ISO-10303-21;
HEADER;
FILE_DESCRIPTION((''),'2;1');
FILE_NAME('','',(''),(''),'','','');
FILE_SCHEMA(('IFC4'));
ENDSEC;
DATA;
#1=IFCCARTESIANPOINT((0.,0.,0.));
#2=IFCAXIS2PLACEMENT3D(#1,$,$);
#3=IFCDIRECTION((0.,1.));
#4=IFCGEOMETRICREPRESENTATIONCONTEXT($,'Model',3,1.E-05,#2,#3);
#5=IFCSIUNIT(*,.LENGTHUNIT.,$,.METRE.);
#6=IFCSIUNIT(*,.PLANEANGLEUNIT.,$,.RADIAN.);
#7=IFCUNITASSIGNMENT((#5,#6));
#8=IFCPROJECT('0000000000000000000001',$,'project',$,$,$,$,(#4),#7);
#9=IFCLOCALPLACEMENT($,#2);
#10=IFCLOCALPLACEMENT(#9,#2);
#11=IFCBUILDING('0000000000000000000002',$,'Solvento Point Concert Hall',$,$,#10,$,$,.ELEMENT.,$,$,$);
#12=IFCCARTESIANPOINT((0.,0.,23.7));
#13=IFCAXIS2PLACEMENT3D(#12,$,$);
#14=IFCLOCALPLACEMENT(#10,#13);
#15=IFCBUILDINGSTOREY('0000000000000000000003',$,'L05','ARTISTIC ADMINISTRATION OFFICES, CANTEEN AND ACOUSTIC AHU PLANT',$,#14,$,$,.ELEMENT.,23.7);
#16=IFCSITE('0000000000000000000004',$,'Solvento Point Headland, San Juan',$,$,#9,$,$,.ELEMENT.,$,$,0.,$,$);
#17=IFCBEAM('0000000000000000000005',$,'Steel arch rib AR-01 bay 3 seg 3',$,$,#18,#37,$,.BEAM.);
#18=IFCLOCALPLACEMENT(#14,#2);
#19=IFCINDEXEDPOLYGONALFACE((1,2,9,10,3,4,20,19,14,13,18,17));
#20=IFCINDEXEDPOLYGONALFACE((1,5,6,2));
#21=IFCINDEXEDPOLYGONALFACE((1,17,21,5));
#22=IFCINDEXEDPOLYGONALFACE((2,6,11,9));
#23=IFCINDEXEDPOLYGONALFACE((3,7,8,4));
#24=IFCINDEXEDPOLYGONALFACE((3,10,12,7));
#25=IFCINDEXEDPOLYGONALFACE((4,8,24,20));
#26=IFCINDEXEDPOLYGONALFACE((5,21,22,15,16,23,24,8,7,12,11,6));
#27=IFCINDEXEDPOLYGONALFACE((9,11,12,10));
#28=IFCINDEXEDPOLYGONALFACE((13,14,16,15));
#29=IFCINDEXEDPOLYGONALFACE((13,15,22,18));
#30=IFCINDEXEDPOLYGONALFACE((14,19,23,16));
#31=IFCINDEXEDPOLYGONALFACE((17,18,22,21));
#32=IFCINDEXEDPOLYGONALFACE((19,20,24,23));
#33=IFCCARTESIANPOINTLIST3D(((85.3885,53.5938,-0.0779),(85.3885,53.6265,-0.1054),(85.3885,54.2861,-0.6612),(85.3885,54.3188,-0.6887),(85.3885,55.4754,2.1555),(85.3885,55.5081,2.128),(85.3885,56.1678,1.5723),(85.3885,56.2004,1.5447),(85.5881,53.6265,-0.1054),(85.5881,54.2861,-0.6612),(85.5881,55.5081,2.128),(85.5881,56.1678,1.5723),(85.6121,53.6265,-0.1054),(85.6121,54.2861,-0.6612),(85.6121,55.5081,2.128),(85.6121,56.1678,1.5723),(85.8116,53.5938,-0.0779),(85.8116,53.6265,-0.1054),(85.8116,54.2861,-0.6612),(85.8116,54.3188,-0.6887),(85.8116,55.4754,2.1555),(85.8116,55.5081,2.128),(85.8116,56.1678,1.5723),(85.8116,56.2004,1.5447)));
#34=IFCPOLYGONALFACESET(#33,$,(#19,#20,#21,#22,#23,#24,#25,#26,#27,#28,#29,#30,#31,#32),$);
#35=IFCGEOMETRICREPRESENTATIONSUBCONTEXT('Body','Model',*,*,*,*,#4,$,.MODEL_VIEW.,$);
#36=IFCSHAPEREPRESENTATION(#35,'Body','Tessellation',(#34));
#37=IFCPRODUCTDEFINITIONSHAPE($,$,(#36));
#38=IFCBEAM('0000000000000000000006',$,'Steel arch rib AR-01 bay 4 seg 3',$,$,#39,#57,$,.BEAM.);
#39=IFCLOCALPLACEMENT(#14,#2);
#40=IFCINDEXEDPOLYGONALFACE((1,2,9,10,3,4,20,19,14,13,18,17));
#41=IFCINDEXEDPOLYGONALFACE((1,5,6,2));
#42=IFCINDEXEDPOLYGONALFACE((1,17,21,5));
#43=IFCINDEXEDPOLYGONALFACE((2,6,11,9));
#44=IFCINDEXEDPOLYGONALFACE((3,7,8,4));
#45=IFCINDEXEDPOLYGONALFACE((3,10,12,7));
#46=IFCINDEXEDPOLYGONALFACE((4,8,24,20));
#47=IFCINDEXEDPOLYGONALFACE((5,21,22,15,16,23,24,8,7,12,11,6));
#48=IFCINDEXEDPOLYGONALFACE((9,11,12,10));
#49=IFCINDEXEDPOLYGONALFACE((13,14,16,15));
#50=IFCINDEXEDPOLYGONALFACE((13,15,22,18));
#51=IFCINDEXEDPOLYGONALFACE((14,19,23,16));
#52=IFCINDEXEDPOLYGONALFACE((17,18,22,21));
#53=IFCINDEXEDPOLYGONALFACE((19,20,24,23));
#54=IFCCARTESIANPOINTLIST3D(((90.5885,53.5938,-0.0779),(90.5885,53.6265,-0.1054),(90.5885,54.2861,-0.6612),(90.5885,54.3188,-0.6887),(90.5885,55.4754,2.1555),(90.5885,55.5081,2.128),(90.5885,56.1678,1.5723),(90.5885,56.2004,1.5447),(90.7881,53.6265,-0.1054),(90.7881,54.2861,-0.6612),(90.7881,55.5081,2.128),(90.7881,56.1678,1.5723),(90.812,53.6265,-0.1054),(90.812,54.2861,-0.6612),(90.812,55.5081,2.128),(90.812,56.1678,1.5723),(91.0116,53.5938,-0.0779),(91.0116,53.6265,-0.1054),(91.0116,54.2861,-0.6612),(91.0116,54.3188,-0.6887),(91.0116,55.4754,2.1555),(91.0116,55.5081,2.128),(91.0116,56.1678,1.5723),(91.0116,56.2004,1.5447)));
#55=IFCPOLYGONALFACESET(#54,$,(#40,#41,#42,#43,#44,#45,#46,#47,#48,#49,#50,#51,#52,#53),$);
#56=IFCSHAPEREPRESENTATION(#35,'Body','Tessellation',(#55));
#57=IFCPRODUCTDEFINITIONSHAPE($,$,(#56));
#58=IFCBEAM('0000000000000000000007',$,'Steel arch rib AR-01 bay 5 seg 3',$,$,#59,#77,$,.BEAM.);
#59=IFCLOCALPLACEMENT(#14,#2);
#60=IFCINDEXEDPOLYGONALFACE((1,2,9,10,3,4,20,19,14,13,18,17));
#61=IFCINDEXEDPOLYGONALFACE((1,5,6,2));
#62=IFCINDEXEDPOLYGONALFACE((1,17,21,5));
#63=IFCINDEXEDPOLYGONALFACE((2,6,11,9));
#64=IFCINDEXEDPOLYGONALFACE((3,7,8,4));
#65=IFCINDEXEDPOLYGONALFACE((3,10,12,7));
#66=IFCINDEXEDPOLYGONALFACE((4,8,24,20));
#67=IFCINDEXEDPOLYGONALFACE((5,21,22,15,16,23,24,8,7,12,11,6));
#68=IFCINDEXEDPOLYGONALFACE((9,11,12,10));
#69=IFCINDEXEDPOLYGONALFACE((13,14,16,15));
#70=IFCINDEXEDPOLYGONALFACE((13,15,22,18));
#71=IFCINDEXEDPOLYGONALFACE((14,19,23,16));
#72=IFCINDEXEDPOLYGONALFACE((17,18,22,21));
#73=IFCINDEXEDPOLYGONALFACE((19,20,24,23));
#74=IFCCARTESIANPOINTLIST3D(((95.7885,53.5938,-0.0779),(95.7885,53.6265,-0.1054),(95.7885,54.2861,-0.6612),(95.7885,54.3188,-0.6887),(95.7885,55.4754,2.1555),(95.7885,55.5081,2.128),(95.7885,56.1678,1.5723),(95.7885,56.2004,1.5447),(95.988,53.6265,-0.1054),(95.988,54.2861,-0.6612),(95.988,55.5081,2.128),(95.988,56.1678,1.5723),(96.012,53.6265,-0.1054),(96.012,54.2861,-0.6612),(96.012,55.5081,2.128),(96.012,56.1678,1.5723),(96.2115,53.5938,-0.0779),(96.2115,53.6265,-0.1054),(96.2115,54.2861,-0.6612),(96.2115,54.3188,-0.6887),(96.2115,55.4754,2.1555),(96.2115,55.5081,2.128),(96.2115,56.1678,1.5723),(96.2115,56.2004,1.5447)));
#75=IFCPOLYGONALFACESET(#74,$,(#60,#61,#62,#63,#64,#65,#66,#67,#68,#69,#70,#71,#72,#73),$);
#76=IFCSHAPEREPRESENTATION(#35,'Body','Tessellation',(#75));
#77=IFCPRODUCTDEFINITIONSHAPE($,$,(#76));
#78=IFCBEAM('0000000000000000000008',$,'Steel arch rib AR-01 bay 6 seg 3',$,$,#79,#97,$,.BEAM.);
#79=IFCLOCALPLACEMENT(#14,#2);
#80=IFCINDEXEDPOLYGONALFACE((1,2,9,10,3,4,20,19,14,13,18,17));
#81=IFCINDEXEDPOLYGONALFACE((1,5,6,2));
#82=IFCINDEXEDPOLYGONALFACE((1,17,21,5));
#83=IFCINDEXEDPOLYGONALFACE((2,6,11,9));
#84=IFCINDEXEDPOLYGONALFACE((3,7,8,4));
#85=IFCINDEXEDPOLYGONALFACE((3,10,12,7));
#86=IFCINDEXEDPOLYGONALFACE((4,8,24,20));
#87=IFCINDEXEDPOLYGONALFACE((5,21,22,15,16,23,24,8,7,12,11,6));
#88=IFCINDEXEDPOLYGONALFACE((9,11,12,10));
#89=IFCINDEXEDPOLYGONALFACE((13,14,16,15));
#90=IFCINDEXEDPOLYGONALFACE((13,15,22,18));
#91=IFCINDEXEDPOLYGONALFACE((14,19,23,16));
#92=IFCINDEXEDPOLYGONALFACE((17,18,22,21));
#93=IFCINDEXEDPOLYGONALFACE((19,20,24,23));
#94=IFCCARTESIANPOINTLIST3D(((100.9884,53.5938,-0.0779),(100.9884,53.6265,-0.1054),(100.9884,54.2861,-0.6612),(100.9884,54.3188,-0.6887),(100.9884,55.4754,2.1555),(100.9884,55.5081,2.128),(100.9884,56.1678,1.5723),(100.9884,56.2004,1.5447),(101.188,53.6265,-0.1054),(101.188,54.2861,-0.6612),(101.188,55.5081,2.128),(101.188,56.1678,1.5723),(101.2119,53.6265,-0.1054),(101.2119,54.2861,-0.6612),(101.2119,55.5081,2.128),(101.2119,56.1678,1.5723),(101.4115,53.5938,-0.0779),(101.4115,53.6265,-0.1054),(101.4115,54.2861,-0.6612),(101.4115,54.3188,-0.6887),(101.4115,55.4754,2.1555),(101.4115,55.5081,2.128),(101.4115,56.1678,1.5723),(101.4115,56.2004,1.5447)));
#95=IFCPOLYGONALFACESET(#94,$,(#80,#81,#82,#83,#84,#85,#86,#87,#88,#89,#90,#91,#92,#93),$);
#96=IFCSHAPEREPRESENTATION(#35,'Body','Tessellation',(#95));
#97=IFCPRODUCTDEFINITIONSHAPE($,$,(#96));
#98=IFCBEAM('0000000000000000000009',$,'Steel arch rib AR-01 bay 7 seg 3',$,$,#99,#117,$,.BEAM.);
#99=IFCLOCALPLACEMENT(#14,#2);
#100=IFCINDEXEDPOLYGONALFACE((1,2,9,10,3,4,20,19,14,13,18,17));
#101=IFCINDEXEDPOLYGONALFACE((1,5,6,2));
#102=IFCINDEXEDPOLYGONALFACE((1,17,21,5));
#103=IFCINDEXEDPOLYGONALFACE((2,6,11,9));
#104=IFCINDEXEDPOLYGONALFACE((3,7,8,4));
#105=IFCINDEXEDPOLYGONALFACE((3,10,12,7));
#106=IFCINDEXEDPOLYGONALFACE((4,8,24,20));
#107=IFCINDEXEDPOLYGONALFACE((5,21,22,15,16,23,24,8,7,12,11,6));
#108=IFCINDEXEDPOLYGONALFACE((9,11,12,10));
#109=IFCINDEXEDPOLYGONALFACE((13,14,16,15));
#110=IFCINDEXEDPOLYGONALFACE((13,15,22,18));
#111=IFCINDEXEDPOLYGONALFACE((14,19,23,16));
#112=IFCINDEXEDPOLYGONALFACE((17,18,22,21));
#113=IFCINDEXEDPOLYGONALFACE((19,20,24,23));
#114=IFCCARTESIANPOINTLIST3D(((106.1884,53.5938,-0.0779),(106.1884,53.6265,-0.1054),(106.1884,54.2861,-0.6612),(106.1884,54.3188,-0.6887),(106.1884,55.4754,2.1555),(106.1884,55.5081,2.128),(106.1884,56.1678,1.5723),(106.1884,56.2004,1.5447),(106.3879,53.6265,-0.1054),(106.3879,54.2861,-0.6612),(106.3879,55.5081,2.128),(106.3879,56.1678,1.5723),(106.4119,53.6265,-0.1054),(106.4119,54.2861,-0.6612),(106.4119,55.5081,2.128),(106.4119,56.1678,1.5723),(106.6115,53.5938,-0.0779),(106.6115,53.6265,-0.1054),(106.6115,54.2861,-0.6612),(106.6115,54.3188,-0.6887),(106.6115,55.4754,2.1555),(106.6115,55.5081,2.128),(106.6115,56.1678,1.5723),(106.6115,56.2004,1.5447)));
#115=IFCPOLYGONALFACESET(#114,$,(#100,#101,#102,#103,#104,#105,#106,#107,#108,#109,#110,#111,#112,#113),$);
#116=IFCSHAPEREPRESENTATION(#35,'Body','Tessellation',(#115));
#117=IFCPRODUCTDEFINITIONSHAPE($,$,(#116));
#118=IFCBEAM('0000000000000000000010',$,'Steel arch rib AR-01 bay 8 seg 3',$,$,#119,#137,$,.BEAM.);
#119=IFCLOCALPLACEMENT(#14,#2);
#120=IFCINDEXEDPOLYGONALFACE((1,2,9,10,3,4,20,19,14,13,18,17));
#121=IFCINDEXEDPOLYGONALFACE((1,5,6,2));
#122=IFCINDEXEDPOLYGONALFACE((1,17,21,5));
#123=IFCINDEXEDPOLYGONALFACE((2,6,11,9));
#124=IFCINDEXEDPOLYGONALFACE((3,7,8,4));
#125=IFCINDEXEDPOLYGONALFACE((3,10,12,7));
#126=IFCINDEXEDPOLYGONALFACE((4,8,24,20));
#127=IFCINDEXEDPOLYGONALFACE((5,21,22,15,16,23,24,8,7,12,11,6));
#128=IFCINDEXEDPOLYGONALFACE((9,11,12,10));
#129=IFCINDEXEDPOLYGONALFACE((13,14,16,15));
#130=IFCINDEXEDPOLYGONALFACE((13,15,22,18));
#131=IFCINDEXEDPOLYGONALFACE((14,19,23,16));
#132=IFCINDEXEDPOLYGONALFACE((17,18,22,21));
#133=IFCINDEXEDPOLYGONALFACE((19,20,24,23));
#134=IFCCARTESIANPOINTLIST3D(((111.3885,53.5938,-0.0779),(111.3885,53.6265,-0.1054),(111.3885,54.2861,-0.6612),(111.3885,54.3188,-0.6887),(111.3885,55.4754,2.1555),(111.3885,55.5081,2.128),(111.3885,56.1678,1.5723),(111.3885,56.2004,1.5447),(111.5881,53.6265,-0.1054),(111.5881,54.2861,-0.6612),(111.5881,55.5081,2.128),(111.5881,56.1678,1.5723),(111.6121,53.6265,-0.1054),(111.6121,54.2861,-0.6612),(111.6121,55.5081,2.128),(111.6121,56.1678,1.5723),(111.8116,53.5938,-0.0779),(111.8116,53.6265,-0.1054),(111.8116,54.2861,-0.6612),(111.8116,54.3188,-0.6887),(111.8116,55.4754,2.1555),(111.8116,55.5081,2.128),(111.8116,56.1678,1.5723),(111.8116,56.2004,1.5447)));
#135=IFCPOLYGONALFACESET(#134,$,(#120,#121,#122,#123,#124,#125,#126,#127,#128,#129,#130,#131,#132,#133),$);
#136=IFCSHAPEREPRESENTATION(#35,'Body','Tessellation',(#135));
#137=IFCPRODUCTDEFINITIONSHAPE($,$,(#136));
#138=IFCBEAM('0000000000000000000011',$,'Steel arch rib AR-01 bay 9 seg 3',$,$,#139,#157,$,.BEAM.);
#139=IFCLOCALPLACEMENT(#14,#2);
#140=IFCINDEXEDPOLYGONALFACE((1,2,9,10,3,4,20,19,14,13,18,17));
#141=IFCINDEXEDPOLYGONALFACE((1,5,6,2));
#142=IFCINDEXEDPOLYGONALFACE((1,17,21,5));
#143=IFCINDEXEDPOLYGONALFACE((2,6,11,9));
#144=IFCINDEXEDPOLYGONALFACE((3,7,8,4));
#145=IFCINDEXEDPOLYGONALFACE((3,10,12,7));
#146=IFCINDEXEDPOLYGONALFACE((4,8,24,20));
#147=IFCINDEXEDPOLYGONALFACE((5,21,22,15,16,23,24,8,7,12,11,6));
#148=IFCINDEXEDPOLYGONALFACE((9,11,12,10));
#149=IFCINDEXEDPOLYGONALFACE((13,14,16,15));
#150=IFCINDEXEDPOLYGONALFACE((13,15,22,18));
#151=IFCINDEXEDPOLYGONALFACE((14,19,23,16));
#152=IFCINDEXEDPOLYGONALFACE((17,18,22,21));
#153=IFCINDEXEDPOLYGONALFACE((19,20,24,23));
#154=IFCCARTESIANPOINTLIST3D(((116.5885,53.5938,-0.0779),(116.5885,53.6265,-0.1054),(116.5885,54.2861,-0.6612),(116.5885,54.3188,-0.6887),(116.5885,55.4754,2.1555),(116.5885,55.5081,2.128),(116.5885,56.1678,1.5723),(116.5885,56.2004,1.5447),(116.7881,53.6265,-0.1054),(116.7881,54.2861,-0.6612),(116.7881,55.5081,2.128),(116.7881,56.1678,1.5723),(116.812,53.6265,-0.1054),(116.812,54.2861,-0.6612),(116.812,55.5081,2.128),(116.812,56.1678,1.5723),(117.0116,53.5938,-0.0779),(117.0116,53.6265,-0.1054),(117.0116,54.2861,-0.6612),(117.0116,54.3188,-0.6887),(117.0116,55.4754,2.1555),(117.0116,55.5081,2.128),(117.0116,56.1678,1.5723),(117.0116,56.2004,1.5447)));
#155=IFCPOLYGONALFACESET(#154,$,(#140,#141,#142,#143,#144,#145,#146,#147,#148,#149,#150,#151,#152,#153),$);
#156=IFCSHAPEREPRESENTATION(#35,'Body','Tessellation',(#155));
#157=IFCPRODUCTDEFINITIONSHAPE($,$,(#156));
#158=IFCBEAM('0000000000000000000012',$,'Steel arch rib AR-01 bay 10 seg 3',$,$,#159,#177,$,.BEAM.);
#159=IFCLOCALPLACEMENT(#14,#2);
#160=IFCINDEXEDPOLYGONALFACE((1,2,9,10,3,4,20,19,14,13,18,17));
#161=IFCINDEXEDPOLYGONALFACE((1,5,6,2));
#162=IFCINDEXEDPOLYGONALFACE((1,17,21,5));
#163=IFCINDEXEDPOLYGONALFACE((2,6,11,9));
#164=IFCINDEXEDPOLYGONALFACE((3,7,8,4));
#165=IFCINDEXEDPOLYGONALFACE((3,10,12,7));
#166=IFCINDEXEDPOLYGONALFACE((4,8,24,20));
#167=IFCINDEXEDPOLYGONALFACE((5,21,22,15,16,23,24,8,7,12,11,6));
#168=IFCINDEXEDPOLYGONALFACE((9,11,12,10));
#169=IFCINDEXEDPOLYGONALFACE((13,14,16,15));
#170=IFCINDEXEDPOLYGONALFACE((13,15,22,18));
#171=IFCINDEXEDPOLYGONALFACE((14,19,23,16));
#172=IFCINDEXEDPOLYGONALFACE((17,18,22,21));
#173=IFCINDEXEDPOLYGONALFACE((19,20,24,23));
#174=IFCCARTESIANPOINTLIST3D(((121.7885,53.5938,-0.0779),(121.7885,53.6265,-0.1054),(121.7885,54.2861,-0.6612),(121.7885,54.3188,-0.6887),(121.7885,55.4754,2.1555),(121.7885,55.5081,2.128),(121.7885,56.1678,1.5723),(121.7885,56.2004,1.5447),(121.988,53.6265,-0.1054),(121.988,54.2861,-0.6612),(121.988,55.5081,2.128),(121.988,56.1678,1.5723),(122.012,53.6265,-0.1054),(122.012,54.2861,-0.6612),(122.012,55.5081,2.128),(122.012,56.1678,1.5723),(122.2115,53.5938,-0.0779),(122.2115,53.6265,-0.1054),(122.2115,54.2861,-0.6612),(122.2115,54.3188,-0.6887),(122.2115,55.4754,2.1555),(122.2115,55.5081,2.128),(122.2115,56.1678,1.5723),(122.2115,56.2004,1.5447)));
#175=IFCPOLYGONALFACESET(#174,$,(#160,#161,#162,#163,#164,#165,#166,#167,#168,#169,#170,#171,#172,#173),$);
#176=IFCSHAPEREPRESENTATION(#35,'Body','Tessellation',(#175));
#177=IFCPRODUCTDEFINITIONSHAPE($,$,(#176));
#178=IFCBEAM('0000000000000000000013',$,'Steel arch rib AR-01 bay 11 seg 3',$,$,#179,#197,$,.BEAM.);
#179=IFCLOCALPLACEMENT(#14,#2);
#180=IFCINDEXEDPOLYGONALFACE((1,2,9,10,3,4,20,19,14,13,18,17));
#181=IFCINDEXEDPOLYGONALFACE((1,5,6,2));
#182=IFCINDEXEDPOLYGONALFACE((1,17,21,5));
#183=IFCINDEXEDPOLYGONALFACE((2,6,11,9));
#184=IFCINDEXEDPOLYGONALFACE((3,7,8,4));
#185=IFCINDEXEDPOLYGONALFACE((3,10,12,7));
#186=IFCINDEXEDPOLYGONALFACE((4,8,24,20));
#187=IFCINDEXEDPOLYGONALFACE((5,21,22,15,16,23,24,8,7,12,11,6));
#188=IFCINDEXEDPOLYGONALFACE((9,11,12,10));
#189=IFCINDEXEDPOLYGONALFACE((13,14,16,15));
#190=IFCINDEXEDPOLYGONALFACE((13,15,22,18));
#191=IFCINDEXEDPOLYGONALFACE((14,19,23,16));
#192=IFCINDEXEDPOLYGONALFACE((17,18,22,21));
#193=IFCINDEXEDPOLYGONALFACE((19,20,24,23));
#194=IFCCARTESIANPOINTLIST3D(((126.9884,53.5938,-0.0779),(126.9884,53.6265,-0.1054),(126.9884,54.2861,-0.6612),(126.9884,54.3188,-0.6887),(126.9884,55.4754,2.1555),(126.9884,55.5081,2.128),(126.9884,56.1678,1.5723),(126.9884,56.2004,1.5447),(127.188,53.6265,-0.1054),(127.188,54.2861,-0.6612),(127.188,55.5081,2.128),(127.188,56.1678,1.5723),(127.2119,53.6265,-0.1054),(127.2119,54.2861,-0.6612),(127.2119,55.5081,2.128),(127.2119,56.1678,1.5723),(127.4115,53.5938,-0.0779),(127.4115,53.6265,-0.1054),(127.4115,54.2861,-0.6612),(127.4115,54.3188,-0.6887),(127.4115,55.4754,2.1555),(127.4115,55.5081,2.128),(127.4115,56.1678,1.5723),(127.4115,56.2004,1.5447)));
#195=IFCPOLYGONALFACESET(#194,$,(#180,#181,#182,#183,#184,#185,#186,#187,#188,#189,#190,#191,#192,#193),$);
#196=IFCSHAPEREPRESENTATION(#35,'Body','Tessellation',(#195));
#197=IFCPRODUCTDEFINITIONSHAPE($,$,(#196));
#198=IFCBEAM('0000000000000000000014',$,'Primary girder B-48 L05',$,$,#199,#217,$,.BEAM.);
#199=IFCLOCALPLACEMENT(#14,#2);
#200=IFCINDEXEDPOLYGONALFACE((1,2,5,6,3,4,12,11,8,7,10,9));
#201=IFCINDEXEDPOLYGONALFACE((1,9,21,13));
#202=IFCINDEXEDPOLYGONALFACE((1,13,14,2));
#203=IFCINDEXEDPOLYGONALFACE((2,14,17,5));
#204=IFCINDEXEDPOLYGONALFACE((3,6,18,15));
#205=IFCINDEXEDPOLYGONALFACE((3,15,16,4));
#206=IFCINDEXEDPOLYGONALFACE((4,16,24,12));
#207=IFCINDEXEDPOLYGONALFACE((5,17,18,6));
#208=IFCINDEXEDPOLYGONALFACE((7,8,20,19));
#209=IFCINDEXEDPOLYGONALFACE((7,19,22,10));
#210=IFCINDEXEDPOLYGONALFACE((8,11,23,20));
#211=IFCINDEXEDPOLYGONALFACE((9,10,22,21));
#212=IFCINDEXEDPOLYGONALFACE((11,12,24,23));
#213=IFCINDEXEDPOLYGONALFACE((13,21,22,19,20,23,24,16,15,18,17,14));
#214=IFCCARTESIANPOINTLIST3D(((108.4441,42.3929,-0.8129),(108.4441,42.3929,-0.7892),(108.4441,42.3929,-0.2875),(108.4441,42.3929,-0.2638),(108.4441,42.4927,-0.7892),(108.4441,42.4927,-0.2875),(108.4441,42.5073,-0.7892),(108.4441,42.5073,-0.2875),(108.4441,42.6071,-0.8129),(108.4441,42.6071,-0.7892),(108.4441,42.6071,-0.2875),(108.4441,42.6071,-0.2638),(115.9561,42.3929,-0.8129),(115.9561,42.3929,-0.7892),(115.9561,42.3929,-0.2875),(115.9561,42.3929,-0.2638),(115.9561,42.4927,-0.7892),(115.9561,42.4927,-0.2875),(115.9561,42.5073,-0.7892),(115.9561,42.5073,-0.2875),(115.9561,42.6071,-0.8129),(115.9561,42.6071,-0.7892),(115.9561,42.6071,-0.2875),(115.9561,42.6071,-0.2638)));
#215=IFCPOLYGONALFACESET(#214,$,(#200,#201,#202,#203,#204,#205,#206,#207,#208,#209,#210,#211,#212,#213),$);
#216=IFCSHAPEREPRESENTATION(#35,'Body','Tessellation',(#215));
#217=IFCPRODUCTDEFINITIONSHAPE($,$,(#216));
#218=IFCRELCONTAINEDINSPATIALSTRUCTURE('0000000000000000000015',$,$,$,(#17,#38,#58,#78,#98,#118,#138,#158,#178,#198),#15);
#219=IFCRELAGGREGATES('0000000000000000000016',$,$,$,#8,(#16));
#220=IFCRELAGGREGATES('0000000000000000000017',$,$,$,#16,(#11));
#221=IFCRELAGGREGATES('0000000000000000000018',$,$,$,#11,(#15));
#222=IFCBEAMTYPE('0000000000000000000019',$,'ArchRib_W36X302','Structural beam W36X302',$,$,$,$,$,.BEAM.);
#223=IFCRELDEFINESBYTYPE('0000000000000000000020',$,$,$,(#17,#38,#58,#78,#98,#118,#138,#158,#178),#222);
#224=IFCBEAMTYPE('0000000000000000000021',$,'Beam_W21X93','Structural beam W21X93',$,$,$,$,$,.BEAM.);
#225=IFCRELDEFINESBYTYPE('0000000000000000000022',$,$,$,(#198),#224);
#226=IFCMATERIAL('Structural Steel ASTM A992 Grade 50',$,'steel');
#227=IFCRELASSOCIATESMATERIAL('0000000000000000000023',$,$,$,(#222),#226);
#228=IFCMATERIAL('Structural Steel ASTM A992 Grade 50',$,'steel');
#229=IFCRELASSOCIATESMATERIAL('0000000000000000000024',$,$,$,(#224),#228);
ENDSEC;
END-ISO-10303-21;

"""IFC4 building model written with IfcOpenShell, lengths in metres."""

from ifc_helpers import new_model, si_unit, direction, frame, origin, origin_2d, place, context, subcontext, project, spatial, i_section, extrude, material, material_profile, profile_set, type_object, element, save


model = new_model("IFC4")

# Units and contexts
model_context = context("Model", 3, precision=1e-05, world=origin(), true_north=direction((0.0, 1.0)))
body_context = subcontext(model_context, "Body", "Model", "MODEL_VIEW")
ifc_project = project(units=[si_unit("LENGTHUNIT", "METRE"), si_unit("PLANEANGLEUNIT", "RADIAN")], contexts=[model_context])

# Site, building, storey
site_placement = place(None, origin())
site = spatial("IfcSite", under=ifc_project, at=site_placement, Name="Solvento Point Headland, San Juan", CompositionType="ELEMENT", RefElevation=0.0)
building_placement = place(site_placement, origin())
building = spatial("IfcBuilding", under=site, at=building_placement, Name="Solvento Point Concert Hall", CompositionType="ELEMENT")
storey_placement = place(building_placement, frame((0.0, 0.0, 23.7)))
storey = spatial("IfcBuildingStorey", under=building, at=storey_placement, Name="L05", Description="ARTISTIC ADMINISTRATION OFFICES, CANTEEN AND ACOUSTIC AHU PLANT", CompositionType="ELEMENT", Elevation=23.7)

# Beams
ifc_material_1 = material(Name="Structural Steel ASTM A992 Grade 50", Category="steel")
ifc_material_profile_1 = material_profile(ifc_material_1, i_section(OverallWidth=0.4231, OverallDepth=0.948, WebThickness=0.0239, FlangeThickness=0.0427, at=origin_2d()), Name="W36X302")
ifc_profile_set_1 = profile_set([ifc_material_profile_1], Name="Structural Steel ASTM A992 Grade 50")
beam_type_1 = type_object("IfcBeamType", Name="ArchRib_W36X302", Description="Structural beam W36X302", PredefinedType="BEAM", material=ifc_profile_set_1)
for number, where, z_axis, x_axis, name in (
    (1, (85.6001, 53.9563, -0.3833), (0.0, 0.644303, 0.76477), (-1.0, 0.0, 0.0), "Steel arch rib AR-01 bay 3 seg 3"),
    (2, (90.8, 53.9563, -0.3833), (0.0, 0.644303, 0.76477), (-1.0, 0.0, 0.0), "Steel arch rib AR-01 bay 4 seg 3"),
    (3, (96.0, 53.9563, -0.3833), (0.0, 0.644303, 0.76477), (-1.0, 0.0, 0.0), "Steel arch rib AR-01 bay 5 seg 3"),
    (4, (101.2, 53.9563, -0.3833), (0.0, 0.644303, 0.76477), (-1.0, 0.0, 0.0), "Steel arch rib AR-01 bay 6 seg 3"),
    (5, (106.3999, 53.9563, -0.3833), (0.0, 0.644303, 0.76477), (-1.0, 0.0, 0.0), "Steel arch rib AR-01 bay 7 seg 3"),
    (6, (111.6001, 53.9563, -0.3833), (0.0, 0.644303, 0.76477), (-1.0, 0.0, 0.0), "Steel arch rib AR-01 bay 8 seg 3"),
    (7, (116.8, 53.9563, -0.3833), (0.0, 0.644303, 0.76477), (-1.0, 0.0, 0.0), "Steel arch rib AR-01 bay 9 seg 3"),
    (8, (122.0, 53.9563, -0.3833), (0.0, 0.644303, 0.76477), (-1.0, 0.0, 0.0), "Steel arch rib AR-01 bay 10 seg 3"),
    (9, (127.2, 53.9563, -0.3833), (0.0, 0.644303, 0.76477), (-1.0, 0.0, 0.0), "Steel arch rib AR-01 bay 11 seg 3"),
):
    element("IfcBeam", number, at=place(storey_placement, frame(where, z_axis=z_axis, x_axis=x_axis)), inside=storey, type_object=beam_type_1, Name=name, PredefinedType="BEAM", context=body_context, shape_type="SweptSolid", body=[
        extrude(i_section(OverallWidth=0.4231, OverallDepth=0.948, WebThickness=0.0239, FlangeThickness=0.0427, at=origin_2d()), origin(), (0.0, 0.0, 1.0), 2.9204),
    ])
ifc_material_2 = material(Name="Structural Steel ASTM A992 Grade 50", Category="steel")
ifc_material_profile_2 = material_profile(ifc_material_2, i_section(OverallWidth=0.2141, OverallDepth=0.5491, WebThickness=0.0146, FlangeThickness=0.0237, at=origin_2d()), Name="W21X93")
ifc_profile_set_2 = profile_set([ifc_material_profile_2], Name="Structural Steel ASTM A992 Grade 50")
beam_type_2 = type_object("IfcBeamType", Name="Beam_W21X93", Description="Structural beam W21X93", PredefinedType="BEAM", material=ifc_profile_set_2)
beam_1_placement = place(storey_placement, frame((108.4441, 42.5, -0.5383), z_axis=(1.0, 0.0, 0.0), x_axis=(0.0, 1.0, 0.0)))
element("IfcBeam", 10, at=beam_1_placement, inside=storey, type_object=beam_type_2, Name="Primary girder B-48 L05", PredefinedType="BEAM", context=body_context, shape_type="SweptSolid", body=[
    extrude(i_section(OverallWidth=0.2141, OverallDepth=0.5491, WebThickness=0.0146, FlangeThickness=0.0237, at=origin_2d()), origin(), (0.0, 0.0, 1.0), 7.512),
])

save(model, "model.ifc")
